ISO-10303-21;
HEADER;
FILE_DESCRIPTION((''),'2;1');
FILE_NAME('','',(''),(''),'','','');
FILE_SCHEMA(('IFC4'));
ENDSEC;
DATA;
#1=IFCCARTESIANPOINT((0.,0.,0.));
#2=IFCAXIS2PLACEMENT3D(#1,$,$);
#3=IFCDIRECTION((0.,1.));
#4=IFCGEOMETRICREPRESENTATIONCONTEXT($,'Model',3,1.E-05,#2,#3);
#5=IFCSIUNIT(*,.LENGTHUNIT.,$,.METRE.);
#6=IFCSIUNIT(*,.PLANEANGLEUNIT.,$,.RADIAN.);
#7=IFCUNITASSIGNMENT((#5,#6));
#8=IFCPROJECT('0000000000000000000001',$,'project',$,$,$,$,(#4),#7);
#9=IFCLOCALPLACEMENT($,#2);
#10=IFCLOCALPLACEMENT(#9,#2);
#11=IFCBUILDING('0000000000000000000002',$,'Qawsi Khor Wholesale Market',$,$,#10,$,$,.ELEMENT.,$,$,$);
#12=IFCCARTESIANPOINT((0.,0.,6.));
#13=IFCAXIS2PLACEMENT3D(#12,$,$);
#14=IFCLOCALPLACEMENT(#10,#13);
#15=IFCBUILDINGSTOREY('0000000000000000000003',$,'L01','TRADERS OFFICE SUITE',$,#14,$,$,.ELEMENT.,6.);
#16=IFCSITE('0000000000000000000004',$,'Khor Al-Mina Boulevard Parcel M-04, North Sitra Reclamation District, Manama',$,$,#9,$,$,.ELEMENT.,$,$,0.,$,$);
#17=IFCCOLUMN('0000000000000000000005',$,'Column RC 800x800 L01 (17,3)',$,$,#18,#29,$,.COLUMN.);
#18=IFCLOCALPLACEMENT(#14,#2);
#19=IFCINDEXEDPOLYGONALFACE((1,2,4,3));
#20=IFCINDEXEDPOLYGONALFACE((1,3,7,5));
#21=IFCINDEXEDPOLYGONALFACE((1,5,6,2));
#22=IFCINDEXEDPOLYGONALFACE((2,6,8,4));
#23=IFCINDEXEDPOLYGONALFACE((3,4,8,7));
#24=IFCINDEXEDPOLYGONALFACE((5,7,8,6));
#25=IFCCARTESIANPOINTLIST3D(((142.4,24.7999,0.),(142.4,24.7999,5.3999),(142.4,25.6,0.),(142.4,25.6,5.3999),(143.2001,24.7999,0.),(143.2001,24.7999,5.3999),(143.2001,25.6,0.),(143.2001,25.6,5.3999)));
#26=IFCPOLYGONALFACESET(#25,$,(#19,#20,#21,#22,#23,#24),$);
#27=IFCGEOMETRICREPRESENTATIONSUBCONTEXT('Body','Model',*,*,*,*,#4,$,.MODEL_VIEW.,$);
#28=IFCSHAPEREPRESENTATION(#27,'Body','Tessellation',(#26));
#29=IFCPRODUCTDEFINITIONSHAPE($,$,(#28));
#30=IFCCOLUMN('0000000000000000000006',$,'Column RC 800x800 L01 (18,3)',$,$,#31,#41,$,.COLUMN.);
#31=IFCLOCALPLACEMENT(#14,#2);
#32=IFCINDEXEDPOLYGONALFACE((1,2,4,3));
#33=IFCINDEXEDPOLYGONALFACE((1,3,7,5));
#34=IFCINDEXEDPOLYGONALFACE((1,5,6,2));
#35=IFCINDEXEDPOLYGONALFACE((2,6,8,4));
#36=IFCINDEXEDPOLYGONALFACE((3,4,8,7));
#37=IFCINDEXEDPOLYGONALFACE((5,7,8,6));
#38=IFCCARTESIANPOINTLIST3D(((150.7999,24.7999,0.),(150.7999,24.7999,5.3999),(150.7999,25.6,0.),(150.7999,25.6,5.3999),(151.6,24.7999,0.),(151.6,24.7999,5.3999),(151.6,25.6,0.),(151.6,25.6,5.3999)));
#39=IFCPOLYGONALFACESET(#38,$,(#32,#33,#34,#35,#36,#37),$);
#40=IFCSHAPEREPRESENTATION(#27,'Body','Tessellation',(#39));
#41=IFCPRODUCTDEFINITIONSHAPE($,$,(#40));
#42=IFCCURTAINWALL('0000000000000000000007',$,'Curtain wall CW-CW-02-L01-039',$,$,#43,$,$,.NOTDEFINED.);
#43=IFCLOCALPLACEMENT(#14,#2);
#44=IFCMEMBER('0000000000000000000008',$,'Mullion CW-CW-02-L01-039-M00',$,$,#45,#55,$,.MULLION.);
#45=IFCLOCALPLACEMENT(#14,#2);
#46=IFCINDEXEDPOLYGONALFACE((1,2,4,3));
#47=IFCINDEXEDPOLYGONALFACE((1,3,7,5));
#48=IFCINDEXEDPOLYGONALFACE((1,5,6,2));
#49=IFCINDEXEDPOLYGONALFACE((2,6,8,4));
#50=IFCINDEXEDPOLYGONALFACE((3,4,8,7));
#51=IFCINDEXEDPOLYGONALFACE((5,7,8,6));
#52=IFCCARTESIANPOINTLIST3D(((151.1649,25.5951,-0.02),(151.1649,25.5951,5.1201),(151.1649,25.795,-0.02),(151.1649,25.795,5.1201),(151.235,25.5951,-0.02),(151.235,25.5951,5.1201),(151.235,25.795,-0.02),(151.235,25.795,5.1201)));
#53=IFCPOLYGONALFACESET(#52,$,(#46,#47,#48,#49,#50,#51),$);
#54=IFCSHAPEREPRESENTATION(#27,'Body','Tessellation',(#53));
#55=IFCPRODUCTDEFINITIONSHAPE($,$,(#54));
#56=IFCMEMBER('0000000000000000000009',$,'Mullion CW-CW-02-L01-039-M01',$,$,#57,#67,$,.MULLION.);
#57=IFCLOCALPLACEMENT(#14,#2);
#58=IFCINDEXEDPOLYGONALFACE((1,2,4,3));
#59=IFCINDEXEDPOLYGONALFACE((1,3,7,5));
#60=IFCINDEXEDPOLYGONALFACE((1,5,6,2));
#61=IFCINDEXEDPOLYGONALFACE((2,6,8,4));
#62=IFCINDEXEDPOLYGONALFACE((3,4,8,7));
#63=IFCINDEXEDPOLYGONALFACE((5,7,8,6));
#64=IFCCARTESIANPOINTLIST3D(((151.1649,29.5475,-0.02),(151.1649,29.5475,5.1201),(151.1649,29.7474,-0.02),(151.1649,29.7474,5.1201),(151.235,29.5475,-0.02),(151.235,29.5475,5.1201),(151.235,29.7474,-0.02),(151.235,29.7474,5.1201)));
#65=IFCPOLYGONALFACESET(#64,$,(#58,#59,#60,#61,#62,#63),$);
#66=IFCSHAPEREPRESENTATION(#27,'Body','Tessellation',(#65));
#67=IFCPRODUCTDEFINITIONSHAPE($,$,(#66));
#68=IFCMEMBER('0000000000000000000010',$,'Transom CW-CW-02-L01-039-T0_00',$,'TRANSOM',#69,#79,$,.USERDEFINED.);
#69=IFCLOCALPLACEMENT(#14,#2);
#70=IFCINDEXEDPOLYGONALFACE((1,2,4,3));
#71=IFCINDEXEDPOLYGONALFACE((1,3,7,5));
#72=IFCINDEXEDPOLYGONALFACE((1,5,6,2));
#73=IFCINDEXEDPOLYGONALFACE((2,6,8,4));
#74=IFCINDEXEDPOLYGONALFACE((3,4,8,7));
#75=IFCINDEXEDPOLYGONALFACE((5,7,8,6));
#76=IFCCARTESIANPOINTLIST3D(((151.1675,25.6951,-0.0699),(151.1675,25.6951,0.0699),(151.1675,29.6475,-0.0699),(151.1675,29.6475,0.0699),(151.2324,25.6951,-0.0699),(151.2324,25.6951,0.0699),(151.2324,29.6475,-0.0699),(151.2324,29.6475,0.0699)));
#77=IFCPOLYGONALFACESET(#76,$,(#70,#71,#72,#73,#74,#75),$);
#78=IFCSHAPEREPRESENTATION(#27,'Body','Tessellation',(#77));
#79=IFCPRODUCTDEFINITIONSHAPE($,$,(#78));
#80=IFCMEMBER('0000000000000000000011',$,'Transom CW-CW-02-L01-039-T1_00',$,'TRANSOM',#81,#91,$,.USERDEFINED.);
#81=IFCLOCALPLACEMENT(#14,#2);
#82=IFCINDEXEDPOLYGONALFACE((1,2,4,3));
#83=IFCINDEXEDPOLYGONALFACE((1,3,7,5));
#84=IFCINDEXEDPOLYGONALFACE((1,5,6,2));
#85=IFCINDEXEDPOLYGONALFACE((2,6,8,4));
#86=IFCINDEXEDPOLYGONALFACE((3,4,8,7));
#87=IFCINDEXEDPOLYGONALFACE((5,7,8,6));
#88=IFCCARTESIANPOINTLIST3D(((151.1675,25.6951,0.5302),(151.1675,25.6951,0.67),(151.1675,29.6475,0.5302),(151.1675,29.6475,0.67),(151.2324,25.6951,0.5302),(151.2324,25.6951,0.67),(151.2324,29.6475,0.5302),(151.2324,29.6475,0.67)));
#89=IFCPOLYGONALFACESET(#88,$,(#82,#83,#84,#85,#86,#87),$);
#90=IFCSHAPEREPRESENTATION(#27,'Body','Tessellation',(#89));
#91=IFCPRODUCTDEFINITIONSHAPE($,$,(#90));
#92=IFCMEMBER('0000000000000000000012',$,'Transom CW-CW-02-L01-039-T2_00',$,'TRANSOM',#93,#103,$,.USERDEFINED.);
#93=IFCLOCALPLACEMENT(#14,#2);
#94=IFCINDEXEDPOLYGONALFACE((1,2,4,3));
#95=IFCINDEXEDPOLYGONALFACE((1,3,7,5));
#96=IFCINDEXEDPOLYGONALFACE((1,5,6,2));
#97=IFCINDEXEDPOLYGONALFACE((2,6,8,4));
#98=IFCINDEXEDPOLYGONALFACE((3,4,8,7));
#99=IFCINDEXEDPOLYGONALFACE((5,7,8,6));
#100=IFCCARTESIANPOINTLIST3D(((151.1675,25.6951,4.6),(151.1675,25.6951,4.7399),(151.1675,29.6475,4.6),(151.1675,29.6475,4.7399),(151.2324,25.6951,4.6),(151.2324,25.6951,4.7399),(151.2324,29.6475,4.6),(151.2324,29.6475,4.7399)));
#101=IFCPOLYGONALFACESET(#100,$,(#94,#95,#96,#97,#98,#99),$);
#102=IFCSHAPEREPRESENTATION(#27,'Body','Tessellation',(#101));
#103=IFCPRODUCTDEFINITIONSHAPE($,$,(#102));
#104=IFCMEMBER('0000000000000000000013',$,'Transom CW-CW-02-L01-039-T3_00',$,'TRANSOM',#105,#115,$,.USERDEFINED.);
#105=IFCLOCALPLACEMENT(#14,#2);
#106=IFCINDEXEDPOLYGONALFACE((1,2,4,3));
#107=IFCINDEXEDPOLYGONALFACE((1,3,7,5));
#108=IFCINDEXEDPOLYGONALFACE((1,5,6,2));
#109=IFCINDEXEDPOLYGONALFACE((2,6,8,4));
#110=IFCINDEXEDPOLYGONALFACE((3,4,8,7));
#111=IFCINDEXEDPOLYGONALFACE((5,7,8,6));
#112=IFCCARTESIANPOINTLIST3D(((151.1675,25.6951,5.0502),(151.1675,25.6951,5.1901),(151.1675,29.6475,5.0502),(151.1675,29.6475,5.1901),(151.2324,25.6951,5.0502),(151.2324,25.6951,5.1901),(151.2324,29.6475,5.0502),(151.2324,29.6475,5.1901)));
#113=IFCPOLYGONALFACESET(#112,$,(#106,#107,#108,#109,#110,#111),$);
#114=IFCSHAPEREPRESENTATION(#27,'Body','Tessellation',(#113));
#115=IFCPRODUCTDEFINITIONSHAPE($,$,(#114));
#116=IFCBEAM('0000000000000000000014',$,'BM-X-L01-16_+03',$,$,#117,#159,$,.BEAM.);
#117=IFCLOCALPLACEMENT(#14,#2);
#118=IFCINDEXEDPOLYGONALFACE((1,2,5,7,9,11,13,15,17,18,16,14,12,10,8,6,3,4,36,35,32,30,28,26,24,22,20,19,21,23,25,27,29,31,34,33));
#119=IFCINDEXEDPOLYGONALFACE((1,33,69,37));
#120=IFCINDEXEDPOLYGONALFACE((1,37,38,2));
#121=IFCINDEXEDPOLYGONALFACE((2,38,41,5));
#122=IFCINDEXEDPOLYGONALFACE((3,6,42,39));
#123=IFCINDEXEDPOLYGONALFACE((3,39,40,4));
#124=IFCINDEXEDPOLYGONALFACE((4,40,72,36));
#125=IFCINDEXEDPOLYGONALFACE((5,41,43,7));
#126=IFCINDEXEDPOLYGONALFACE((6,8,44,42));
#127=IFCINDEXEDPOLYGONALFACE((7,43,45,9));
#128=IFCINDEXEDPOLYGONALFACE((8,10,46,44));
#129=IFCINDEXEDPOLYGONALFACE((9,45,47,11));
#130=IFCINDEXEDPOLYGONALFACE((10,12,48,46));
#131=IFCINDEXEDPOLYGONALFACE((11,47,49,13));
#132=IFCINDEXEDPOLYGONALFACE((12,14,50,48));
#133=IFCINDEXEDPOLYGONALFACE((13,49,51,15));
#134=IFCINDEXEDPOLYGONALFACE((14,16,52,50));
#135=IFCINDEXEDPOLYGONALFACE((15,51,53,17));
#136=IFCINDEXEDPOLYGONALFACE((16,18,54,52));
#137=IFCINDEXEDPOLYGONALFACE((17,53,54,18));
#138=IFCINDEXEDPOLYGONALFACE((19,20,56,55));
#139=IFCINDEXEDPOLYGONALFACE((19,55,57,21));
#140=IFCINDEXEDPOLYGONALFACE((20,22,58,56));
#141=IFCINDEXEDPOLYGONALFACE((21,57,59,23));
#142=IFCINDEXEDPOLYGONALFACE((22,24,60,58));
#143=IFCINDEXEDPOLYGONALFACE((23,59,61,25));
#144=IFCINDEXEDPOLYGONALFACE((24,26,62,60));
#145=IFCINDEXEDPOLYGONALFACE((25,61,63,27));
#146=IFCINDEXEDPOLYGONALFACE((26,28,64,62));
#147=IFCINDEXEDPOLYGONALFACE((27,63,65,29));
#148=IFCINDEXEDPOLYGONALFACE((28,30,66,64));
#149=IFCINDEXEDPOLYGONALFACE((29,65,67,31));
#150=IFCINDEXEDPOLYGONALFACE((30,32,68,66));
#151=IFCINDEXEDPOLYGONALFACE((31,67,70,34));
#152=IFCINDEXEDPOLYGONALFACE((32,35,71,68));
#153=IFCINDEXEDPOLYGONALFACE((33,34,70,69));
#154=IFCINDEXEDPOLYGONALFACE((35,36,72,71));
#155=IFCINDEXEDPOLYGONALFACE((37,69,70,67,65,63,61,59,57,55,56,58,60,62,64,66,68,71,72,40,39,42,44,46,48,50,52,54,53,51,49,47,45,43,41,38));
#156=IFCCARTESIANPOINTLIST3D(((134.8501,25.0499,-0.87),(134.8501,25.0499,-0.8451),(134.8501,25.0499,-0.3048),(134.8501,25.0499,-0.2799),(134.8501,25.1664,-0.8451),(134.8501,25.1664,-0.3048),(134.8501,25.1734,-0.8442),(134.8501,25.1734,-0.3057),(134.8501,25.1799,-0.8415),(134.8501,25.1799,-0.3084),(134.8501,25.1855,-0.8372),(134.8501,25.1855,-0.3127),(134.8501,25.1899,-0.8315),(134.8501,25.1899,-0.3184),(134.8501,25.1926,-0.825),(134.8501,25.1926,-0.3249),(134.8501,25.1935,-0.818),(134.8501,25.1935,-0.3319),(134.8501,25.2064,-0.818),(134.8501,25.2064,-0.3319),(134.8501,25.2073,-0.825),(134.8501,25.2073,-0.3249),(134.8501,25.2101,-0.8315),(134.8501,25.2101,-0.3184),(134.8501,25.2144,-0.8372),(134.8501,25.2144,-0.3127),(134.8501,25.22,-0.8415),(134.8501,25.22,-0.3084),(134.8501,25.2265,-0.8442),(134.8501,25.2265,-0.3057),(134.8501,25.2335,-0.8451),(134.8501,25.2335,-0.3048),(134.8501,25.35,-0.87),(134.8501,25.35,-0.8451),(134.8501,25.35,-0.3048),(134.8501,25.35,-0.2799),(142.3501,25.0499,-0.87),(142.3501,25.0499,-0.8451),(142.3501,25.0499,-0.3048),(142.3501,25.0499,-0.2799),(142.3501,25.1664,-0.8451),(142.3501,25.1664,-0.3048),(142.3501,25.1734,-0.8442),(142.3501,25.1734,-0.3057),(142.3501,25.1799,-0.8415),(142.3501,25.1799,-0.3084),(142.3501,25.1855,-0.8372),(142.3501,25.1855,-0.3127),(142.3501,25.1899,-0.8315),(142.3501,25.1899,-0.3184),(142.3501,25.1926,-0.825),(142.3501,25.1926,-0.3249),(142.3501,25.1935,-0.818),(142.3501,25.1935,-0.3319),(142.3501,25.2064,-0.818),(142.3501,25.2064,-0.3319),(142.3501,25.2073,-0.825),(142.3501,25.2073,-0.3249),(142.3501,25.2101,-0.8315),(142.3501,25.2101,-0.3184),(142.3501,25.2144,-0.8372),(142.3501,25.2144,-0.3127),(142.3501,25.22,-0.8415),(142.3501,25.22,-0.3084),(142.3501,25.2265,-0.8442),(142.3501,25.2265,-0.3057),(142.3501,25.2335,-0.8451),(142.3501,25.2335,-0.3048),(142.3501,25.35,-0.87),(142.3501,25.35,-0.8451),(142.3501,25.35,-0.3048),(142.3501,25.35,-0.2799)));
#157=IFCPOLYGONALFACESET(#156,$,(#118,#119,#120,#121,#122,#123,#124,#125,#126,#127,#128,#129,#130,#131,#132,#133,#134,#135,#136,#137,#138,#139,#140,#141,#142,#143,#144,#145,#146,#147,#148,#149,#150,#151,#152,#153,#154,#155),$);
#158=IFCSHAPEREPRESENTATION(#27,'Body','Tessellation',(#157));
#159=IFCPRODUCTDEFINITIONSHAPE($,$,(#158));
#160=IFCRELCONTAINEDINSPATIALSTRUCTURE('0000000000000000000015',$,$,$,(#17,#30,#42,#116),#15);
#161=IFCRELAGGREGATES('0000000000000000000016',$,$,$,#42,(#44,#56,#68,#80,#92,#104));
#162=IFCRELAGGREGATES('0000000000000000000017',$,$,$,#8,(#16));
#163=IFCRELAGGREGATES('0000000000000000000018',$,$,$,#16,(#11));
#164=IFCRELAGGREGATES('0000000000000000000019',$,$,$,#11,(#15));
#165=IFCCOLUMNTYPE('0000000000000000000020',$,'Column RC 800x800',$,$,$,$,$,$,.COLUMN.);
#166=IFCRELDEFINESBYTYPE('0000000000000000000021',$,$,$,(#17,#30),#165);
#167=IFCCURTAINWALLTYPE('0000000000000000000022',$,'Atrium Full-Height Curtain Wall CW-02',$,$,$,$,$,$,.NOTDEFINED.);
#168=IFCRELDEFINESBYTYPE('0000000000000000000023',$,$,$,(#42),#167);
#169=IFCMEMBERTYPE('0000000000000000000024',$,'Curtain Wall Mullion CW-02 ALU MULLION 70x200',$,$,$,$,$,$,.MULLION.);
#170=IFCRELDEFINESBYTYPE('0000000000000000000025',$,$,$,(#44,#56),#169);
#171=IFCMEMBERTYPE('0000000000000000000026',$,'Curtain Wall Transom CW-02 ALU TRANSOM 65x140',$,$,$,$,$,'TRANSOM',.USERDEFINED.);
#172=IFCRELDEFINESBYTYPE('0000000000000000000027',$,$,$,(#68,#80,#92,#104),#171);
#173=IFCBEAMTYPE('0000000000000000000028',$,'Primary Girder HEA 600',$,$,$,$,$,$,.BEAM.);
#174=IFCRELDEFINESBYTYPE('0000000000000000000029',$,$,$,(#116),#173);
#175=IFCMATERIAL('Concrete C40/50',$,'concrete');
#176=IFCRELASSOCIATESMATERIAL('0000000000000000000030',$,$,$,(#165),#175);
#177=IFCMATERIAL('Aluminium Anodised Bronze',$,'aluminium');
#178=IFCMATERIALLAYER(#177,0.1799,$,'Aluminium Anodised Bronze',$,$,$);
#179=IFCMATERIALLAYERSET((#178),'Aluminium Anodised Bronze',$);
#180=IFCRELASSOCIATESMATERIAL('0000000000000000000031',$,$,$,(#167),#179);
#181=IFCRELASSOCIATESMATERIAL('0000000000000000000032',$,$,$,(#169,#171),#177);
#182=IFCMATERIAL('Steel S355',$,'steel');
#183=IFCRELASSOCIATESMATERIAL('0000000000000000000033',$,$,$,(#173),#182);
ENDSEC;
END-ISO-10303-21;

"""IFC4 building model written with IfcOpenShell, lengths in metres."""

from ifc_helpers import new_model, si_unit, direction, frame, origin, origin_2d, place, context, subcontext, project, spatial, rectangle, i_section, extrude, material, layer, layer_set, material_profile, profile_set, type_object, element, aggregate, save


model = new_model("IFC4")

# Units and contexts
model_context = context("Model", 3, precision=1e-05, world=origin(), true_north=direction((0.0, 1.0)))
body_context = subcontext(model_context, "Body", "Model", "MODEL_VIEW")
ifc_project = project(units=[si_unit("LENGTHUNIT", "METRE"), si_unit("PLANEANGLEUNIT", "RADIAN")], contexts=[model_context])

# Site, building, storey
site_placement = place(None, origin())
site = spatial("IfcSite", under=ifc_project, at=site_placement, Name="Khor Al-Mina Boulevard Parcel M-04, North Sitra Reclamation District, Manama", CompositionType="ELEMENT", RefElevation=0.0)
building_placement = place(site_placement, origin())
building = spatial("IfcBuilding", under=site, at=building_placement, Name="Qawsi Khor Wholesale Market", CompositionType="ELEMENT")
storey_placement = place(building_placement, frame((0.0, 0.0, 6.0)))
storey = spatial("IfcBuildingStorey", under=building, at=storey_placement, Name="L01", Description="TRADERS OFFICE SUITE", CompositionType="ELEMENT", Elevation=6.0)

# Columns
ifc_material_1 = material(Name="Concrete C40/50", Category="concrete")
ifc_material_profile_1 = material_profile(ifc_material_1, rectangle(XDim=0.8, YDim=0.8, at=origin_2d()), Name="RC 800x800")
ifc_profile_set_1 = profile_set([ifc_material_profile_1], Name="Concrete C40/50")
column_type = type_object("IfcColumnType", Name="Column RC 800x800", PredefinedType="COLUMN", material=ifc_profile_set_1)
for number, where, z_axis, x_axis, name in (
    (1, (142.8, 25.2, 0.0), (0.0, 0.0, 1.0), (1.0, 0.0, 0.0), "Column RC 800x800 L01 (17,3)"),
    (2, (151.2, 25.2, 0.0), (0.0, 0.0, 1.0), (1.0, 0.0, 0.0), "Column RC 800x800 L01 (18,3)"),
):
    element("IfcColumn", number, at=place(storey_placement, frame(where, z_axis=z_axis, x_axis=x_axis)), inside=storey, type_object=column_type, Name=name, PredefinedType="COLUMN", context=body_context, shape_type="SweptSolid", body=[
        extrude(rectangle(XDim=0.8, YDim=0.8, at=origin_2d()), origin(), (0.0, 0.0, 1.0), 5.3999),
    ])

# Curtain wall, members
ifc_material_2 = material(Name="Aluminium Anodised Bronze", Category="aluminium")
ifc_layer_1 = layer(ifc_material_2, 0.1799, Name="Aluminium Anodised Bronze")
ifc_layer_set_1 = layer_set([ifc_layer_1], Name="Aluminium Anodised Bronze")
curtain_wall_type = type_object("IfcCurtainWallType", Name="Atrium Full-Height Curtain Wall CW-02", PredefinedType="NOTDEFINED", material=ifc_layer_set_1)
curtain_wall_placement = place(storey_placement, origin())
curtain_wall = element("IfcCurtainWall", 3, at=curtain_wall_placement, inside=storey, type_object=curtain_wall_type, Name="Curtain wall CW-CW-02-L01-039", PredefinedType="NOTDEFINED")
ifc_material_profile_2 = material_profile(ifc_material_2, rectangle(XDim=0.0701, YDim=0.2, at=origin_2d()), Name="ALU MULLION 70x200")
ifc_profile_set_2 = profile_set([ifc_material_profile_2], Name="Aluminium Anodised Bronze")
member_type_1 = type_object("IfcMemberType", Name="Curtain Wall Mullion CW-02 ALU MULLION 70x200", PredefinedType="MULLION", material=ifc_profile_set_2)
member_1_placement = place(storey_placement, frame((151.2, 25.6951, -0.02), z_axis=(0.0, 0.0, 1.0), x_axis=(1.0, 0.0, 0.0)))
member_1 = element("IfcMember", 4, at=member_1_placement, type_object=member_type_1, Name="Mullion CW-CW-02-L01-039-M00", PredefinedType="MULLION", context=body_context, shape_type="SweptSolid", body=[
    extrude(rectangle(XDim=0.0701, YDim=0.2, at=origin_2d()), origin(), (0.0, 0.0, 1.0), 5.1401),
])
member_2_placement = place(storey_placement, frame((151.2, 29.6475, -0.02), z_axis=(0.0, 0.0, 1.0), x_axis=(1.0, 0.0, 0.0)))
member_2 = element("IfcMember", 5, at=member_2_placement, type_object=member_type_1, Name="Mullion CW-CW-02-L01-039-M01", PredefinedType="MULLION", context=body_context, shape_type="SweptSolid", body=[
    extrude(rectangle(XDim=0.0701, YDim=0.2, at=origin_2d()), origin(), (0.0, 0.0, 1.0), 5.1401),
])
ifc_material_profile_3 = material_profile(ifc_material_2, rectangle(XDim=0.0649, YDim=0.1399, at=origin_2d()), Name="ALU TRANSOM 65x140")
ifc_profile_set_3 = profile_set([ifc_material_profile_3], Name="Aluminium Anodised Bronze")
member_type_2 = type_object("IfcMemberType", Name="Curtain Wall Transom CW-02 ALU TRANSOM 65x140", ElementType="TRANSOM", PredefinedType="USERDEFINED", material=ifc_profile_set_3)
member_3_placement = place(storey_placement, frame((151.2, 25.6951, 0.0), z_axis=(0.0, 1.0, 0.0), x_axis=(-1.0, 0.0, 0.0)))
member_3 = element("IfcMember", 6, at=member_3_placement, type_object=member_type_2, Name="Transom CW-CW-02-L01-039-T0_00", ObjectType="TRANSOM", PredefinedType="USERDEFINED", context=body_context, shape_type="SweptSolid", body=[
    extrude(rectangle(XDim=0.0649, YDim=0.1399, at=origin_2d()), origin(), (0.0, 0.0, 1.0), 3.9524),
])
member_4_placement = place(storey_placement, frame((151.2, 25.6951, 0.6001), z_axis=(0.0, 1.0, 0.0), x_axis=(-1.0, 0.0, 0.0)))
member_4 = element("IfcMember", 7, at=member_4_placement, type_object=member_type_2, Name="Transom CW-CW-02-L01-039-T1_00", ObjectType="TRANSOM", PredefinedType="USERDEFINED", context=body_context, shape_type="SweptSolid", body=[
    extrude(rectangle(XDim=0.0649, YDim=0.1399, at=origin_2d()), origin(), (0.0, 0.0, 1.0), 3.9524),
])
member_5_placement = place(storey_placement, frame((151.2, 25.6951, 4.6699), z_axis=(0.0, 1.0, 0.0), x_axis=(-1.0, 0.0, 0.0)))
member_5 = element("IfcMember", 8, at=member_5_placement, type_object=member_type_2, Name="Transom CW-CW-02-L01-039-T2_00", ObjectType="TRANSOM", PredefinedType="USERDEFINED", context=body_context, shape_type="SweptSolid", body=[
    extrude(rectangle(XDim=0.0649, YDim=0.1399, at=origin_2d()), origin(), (0.0, 0.0, 1.0), 3.9524),
])
member_6_placement = place(storey_placement, frame((151.2, 25.6951, 5.1201), z_axis=(0.0, 1.0, 0.0), x_axis=(-1.0, 0.0, 0.0)))
member_6 = element("IfcMember", 9, at=member_6_placement, type_object=member_type_2, Name="Transom CW-CW-02-L01-039-T3_00", ObjectType="TRANSOM", PredefinedType="USERDEFINED", context=body_context, shape_type="SweptSolid", body=[
    extrude(rectangle(XDim=0.0649, YDim=0.1399, at=origin_2d()), origin(), (0.0, 0.0, 1.0), 3.9524),
])

# Beam
ifc_material_3 = material(Name="Steel S355", Category="steel")
ifc_material_profile_4 = material_profile(ifc_material_3, i_section(OverallWidth=0.3, OverallDepth=0.5901, WebThickness=0.0129, FlangeThickness=0.0249, FilletRadius=0.0271, at=origin_2d()), Name="HEA 600")
ifc_profile_set_4 = profile_set([ifc_material_profile_4], Name="Steel S355")
beam_type_1 = type_object("IfcBeamType", Name="Primary Girder HEA 600", PredefinedType="BEAM", material=ifc_profile_set_4)
for number, where, z_axis, x_axis, name in (
    (10, (134.8501, 25.2, -0.575), (1.0, 0.0, 0.0), (0.0, 1.0, 0.0), "BM-X-L01-16_+03"),
):
    element("IfcBeam", number, at=place(storey_placement, frame(where, z_axis=z_axis, x_axis=x_axis)), inside=storey, type_object=beam_type_1, Name=name, PredefinedType="BEAM", context=body_context, shape_type="SweptSolid", body=[
        extrude(i_section(OverallWidth=0.3, OverallDepth=0.5901, WebThickness=0.0129, FlangeThickness=0.0249, FilletRadius=0.0271, at=origin_2d()), origin(), (0.0, 0.0, 1.0), 7.5),
    ])

aggregate(curtain_wall, [member_1, member_2, member_3, member_4, member_5, member_6])

save(model, "model.ifc")
